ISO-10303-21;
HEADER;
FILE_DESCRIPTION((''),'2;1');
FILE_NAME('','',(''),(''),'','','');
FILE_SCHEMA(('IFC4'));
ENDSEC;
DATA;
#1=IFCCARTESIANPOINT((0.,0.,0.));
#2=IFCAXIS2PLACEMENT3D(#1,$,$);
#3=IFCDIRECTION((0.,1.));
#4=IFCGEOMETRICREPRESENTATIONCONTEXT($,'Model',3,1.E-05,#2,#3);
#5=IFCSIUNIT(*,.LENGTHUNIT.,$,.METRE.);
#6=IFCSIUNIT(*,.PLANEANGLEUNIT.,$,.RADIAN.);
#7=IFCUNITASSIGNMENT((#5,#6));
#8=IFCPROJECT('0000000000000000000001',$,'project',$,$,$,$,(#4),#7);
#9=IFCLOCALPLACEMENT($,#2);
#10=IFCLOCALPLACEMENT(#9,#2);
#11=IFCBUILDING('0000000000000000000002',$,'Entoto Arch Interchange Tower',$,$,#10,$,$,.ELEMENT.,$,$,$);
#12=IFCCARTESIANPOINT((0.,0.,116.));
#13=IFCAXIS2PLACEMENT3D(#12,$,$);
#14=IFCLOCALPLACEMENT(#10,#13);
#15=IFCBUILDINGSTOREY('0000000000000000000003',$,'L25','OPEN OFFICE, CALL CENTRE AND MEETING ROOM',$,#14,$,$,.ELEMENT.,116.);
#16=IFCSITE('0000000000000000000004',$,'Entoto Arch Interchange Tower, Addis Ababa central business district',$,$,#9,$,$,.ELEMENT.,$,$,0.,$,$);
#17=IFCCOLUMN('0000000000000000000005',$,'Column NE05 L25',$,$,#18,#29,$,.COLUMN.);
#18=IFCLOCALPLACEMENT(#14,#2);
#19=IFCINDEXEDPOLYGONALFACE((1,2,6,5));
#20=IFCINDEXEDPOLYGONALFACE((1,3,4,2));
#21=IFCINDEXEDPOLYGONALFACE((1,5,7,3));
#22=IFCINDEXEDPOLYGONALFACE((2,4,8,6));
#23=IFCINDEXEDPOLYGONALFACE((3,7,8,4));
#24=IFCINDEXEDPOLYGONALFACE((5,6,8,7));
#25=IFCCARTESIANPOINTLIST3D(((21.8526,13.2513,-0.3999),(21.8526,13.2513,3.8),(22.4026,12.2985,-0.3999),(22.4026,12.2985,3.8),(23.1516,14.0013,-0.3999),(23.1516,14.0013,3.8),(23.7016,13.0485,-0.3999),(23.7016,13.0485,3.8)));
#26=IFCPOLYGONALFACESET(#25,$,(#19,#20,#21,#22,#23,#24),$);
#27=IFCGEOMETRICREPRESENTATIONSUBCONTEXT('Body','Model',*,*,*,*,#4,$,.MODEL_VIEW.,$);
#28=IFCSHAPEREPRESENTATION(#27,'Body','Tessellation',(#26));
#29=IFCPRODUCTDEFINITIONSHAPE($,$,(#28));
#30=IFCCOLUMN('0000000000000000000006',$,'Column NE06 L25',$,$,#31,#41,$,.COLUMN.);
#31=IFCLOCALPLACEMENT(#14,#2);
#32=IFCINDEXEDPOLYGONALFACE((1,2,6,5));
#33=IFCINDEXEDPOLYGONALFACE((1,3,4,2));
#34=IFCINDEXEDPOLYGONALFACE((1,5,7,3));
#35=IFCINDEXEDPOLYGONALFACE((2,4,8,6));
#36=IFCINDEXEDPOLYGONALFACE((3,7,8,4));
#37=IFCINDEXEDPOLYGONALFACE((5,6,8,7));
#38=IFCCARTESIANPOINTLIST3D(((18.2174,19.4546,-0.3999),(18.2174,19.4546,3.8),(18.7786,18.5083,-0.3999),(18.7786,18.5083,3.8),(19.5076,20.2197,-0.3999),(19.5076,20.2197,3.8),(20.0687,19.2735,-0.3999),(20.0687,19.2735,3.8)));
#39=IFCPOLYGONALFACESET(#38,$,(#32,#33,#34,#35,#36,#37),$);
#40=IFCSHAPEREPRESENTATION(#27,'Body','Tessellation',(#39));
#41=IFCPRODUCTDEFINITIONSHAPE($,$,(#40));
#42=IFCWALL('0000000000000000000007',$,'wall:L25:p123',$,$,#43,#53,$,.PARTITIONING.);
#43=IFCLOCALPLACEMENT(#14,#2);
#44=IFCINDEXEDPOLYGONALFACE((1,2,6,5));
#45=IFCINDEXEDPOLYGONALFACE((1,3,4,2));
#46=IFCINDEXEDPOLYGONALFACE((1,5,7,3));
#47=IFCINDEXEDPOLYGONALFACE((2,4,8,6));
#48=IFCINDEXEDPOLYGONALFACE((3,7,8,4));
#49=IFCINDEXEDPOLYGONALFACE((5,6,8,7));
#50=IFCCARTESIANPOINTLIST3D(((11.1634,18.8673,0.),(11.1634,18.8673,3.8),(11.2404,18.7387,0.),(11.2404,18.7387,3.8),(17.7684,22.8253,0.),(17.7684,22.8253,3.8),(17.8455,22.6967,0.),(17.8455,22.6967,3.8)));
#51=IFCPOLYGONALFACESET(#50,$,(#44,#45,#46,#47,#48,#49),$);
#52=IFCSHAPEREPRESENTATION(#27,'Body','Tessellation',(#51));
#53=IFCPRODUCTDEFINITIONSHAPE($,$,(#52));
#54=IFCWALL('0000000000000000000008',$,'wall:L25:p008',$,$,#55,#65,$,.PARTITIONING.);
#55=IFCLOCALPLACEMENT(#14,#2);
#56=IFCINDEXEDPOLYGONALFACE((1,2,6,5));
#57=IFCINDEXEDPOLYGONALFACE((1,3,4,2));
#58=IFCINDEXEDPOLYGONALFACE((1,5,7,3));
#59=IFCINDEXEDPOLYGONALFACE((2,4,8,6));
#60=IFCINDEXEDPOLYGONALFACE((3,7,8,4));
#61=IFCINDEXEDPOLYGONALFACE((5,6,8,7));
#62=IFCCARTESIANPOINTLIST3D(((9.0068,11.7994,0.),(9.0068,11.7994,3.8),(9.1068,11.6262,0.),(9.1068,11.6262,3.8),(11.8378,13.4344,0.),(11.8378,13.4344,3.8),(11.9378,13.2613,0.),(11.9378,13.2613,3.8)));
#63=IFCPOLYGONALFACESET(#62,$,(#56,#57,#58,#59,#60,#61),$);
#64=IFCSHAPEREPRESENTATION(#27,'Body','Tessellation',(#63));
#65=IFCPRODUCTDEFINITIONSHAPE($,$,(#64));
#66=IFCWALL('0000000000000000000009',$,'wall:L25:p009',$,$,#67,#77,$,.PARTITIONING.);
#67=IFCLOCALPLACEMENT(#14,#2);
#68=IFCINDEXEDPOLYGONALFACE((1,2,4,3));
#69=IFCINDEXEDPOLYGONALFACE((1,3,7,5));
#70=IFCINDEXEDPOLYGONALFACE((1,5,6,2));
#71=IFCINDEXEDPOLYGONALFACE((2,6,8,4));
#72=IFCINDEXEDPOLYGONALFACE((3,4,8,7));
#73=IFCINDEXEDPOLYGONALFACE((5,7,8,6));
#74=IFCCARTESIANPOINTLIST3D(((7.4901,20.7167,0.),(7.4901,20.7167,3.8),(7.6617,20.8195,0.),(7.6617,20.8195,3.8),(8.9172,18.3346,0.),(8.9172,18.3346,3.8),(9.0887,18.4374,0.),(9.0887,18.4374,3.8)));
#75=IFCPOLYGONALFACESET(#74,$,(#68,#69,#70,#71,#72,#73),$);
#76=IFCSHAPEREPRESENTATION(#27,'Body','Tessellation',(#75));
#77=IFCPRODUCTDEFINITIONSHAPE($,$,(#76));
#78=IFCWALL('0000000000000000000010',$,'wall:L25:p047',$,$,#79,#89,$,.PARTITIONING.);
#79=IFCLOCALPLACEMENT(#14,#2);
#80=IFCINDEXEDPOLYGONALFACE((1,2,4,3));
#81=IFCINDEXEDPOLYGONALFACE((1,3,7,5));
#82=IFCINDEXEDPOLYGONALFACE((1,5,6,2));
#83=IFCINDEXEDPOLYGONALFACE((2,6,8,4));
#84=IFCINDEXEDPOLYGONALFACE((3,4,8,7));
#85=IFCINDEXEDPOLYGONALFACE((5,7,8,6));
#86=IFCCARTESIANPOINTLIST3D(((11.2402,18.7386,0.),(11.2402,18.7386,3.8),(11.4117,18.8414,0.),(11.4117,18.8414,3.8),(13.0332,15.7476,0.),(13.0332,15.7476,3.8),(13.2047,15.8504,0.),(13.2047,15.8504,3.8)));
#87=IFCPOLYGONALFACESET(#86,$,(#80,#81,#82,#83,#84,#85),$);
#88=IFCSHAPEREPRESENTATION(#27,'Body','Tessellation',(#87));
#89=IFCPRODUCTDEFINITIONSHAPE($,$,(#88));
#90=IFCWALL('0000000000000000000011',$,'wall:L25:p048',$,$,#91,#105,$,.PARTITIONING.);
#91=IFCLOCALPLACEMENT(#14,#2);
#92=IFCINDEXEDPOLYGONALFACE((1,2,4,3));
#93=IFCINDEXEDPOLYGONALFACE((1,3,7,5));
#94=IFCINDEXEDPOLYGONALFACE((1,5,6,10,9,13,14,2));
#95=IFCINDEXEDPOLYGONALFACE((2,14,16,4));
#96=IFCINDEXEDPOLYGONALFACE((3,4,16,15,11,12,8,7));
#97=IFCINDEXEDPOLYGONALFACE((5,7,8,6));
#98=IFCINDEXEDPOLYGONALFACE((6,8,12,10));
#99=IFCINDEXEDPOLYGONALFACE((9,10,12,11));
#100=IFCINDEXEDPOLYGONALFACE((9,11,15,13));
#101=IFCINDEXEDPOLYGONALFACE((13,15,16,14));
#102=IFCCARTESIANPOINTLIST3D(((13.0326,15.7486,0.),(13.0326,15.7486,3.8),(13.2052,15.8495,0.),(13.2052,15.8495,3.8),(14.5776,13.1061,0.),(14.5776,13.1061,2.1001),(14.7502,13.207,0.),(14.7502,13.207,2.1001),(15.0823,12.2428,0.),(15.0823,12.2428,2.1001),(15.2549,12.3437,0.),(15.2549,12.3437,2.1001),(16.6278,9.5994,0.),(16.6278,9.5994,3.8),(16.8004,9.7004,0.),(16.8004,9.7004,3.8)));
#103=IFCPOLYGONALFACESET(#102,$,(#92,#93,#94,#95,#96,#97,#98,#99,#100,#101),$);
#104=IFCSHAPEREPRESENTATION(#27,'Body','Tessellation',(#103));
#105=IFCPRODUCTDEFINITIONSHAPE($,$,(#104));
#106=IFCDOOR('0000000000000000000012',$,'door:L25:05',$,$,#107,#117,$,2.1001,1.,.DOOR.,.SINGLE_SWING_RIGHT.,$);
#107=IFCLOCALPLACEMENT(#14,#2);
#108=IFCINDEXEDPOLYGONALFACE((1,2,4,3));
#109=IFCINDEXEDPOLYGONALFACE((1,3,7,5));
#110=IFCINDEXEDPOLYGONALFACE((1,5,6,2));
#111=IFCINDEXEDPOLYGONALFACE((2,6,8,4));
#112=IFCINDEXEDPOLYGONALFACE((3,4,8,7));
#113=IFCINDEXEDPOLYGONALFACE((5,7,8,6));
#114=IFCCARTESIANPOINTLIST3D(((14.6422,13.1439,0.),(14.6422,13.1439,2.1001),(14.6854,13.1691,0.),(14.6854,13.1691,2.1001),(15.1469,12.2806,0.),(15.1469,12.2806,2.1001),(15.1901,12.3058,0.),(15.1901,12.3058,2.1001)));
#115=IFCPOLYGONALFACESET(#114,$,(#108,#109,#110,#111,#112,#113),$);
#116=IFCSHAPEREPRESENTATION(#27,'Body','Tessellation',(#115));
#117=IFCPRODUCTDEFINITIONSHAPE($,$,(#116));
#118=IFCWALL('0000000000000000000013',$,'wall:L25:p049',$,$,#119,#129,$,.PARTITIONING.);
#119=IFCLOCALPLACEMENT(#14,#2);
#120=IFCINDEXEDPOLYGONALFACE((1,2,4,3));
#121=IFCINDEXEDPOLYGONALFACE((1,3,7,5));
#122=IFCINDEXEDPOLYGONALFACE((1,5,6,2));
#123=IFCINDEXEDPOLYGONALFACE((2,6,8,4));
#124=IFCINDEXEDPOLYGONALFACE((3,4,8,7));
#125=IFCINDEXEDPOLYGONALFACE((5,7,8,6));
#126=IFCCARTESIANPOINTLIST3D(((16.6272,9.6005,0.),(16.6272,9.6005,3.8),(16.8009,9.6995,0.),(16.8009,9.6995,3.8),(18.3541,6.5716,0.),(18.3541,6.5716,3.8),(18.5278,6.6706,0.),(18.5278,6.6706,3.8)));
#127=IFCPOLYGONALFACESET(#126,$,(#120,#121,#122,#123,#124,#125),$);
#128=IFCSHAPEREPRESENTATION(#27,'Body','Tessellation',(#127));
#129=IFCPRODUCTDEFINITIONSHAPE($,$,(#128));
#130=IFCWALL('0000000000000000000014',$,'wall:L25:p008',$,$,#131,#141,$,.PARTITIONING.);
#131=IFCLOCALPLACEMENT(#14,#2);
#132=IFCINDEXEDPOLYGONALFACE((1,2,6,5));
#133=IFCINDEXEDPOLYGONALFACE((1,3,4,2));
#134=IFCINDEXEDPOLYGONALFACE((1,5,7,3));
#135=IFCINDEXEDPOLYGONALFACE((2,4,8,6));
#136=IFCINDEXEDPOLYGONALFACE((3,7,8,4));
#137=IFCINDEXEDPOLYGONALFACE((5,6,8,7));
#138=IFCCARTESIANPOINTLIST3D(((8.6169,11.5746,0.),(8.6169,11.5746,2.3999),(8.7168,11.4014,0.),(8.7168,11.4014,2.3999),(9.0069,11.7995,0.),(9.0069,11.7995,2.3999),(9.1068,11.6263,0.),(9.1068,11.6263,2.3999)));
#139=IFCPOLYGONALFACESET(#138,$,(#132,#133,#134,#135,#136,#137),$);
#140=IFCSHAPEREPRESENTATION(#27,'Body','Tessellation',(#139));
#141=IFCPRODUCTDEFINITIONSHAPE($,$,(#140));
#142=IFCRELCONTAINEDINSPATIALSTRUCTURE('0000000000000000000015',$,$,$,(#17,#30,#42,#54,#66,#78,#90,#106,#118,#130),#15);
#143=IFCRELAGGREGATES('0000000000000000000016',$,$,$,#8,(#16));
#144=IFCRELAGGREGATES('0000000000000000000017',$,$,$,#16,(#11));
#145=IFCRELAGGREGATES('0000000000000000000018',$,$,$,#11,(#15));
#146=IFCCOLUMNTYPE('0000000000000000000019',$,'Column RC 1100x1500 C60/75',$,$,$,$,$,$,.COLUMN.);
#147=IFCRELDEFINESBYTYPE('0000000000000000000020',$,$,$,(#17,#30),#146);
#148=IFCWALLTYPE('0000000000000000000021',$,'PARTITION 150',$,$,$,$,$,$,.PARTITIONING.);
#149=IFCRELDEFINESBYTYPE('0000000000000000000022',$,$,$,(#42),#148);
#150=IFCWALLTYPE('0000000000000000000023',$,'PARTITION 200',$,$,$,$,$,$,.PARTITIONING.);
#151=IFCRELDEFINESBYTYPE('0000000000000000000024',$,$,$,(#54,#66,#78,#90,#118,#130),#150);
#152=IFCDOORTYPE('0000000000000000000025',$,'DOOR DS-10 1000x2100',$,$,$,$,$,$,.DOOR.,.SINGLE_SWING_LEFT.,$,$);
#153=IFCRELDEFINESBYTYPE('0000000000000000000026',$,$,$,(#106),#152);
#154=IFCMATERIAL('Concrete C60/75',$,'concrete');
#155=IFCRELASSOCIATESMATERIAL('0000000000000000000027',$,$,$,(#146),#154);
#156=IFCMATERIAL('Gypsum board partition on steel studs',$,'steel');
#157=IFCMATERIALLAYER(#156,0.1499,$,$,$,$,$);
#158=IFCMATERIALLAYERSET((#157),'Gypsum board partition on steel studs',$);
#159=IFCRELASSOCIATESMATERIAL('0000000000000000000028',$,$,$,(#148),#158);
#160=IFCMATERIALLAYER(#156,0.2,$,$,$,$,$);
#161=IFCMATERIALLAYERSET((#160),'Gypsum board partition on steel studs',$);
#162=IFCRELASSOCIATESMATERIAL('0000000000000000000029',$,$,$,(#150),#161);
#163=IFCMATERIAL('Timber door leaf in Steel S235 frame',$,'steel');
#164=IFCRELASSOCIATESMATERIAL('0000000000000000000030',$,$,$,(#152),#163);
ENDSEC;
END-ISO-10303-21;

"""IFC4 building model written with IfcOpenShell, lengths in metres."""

from ifc_helpers import new_model, si_unit, direction, frame, frame_2d, origin, origin_2d, place, context, subcontext, project, spatial, rectangle, extrude, material, layer, layer_set, material_profile, profile_set, type_object, element, fill, save


model = new_model("IFC4")

# Units and contexts
model_context = context("Model", 3, precision=1e-05, world=origin(), true_north=direction((0.0, 1.0)))
body_context = subcontext(model_context, "Body", "Model", "MODEL_VIEW")
ifc_project = project(units=[si_unit("LENGTHUNIT", "METRE"), si_unit("PLANEANGLEUNIT", "RADIAN")], contexts=[model_context])

# Site, building, storey
site_placement = place(None, origin())
site = spatial("IfcSite", under=ifc_project, at=site_placement, Name="Entoto Arch Interchange Tower, Addis Ababa central business district", CompositionType="ELEMENT", RefElevation=0.0)
building_placement = place(site_placement, origin())
building = spatial("IfcBuilding", under=site, at=building_placement, Name="Entoto Arch Interchange Tower", CompositionType="ELEMENT")
storey_placement = place(building_placement, frame((0.0, 0.0, 116.0)))
storey = spatial("IfcBuildingStorey", under=building, at=storey_placement, Name="L25", Description="OPEN OFFICE, CALL CENTRE AND MEETING ROOM", CompositionType="ELEMENT", Elevation=116.0)

# Columns
ifc_material_1 = material(Name="Concrete C60/75", Category="concrete")
ifc_material_profile = material_profile(ifc_material_1, rectangle(XDim=1.1001, YDim=1.5, at=origin_2d()))
ifc_profile_set = profile_set([ifc_material_profile], Name="Concrete C60/75")
column_type = type_object("IfcColumnType", Name="Column RC 1100x1500 C60/75", PredefinedType="COLUMN", material=ifc_profile_set)
for number, where, z_axis, x_axis, name in (
    (1, (22.7771, 13.1499, -0.3999), (0.0, 0.0, 1.0), (-0.5, 0.866025, 0.0), "Column NE05 L25"),
    (2, (19.1431, 19.364, -0.3999), (0.0, 0.0, 1.0), (-0.510093, 0.860119, 0.0), "Column NE06 L25"),
):
    element("IfcColumn", number, at=place(storey_placement, frame(where, z_axis=z_axis, x_axis=x_axis)), inside=storey, type_object=column_type, Name=name, PredefinedType="COLUMN", context=body_context, shape_type="SweptSolid", body=[
        extrude(rectangle(XDim=1.1001, YDim=1.5, at=origin_2d()), origin(), (0.0, 0.0, 1.0), 4.2),
    ])

# Walls
ifc_material_2 = material(Name="Gypsum board partition on steel studs", Category="steel")
ifc_layer_1 = layer(ifc_material_2, 0.1499)
ifc_layer_set_1 = layer_set([ifc_layer_1], Name="Gypsum board partition on steel studs")
wall_type_1 = type_object("IfcWallType", Name="PARTITION 150", PredefinedType="PARTITIONING", material=ifc_layer_set_1)
wall_1_placement = place(storey_placement, frame((11.2019, 18.803, 0.0), z_axis=(0.0, 0.0, 1.0), x_axis=(0.857778, 0.51402, 0.0)))
element("IfcWall", 3, at=wall_1_placement, inside=storey, type_object=wall_type_1, Name="wall:L25:p123", PredefinedType="PARTITIONING", context=body_context, shape_type="SweptSolid", body=[
    extrude(rectangle(XDim=7.7002, YDim=0.1499, at=frame_2d((3.8501, 0.0))), origin(), (0.0, 0.0, 1.0), 3.8),
])
ifc_layer_2 = layer(ifc_material_2, 0.2)
ifc_layer_set_2 = layer_set([ifc_layer_2], Name="Gypsum board partition on steel studs")
wall_type_2 = type_object("IfcWallType", Name="PARTITION 200", PredefinedType="PARTITIONING", material=ifc_layer_set_2)
wall_2_placement = place(storey_placement, frame((11.8879, 13.3479, 0.0), z_axis=(0.0, 0.0, 1.0), x_axis=(-0.865959, -0.500115, 0.0)))
element("IfcWall", 4, at=wall_2_placement, inside=storey, type_object=wall_type_2, Name="wall:L25:p008", PredefinedType="PARTITIONING", context=body_context, shape_type="SweptSolid", body=[
    extrude(rectangle(XDim=3.2693, YDim=0.2, at=frame_2d((1.6348, 0.0))), origin(), (0.0, 0.0, 1.0), 3.8),
])
wall_3_placement = place(storey_placement, frame((9.0029, 18.386, 0.0), z_axis=(0.0, 0.0, 1.0), x_axis=(-0.513901, 0.85785, 0.0)))
element("IfcWall", 5, at=wall_3_placement, inside=storey, type_object=wall_type_2, Name="wall:L25:p009", PredefinedType="PARTITIONING", context=body_context, shape_type="SweptSolid", body=[
    extrude(rectangle(XDim=2.7769, YDim=0.2, at=frame_2d((1.3884, 0.0))), origin(), (0.0, 0.0, 1.0), 3.8),
])
wall_4_placement = place(storey_placement, frame((11.3259, 18.79, 0.0), z_axis=(0.0, 0.0, 1.0), x_axis=(0.514156, -0.857697, 0.0)))
element("IfcWall", 6, at=wall_4_placement, inside=storey, type_object=wall_type_2, Name="wall:L25:p047", PredefinedType="PARTITIONING", context=body_context, shape_type="SweptSolid", body=[
    extrude(rectangle(XDim=3.4873, YDim=0.2, at=frame_2d((1.7437, 0.0))), origin(), (0.0, 0.0, 1.0), 3.8),
])

# Wall, opening, door
wall_5_placement = place(storey_placement, frame((13.1189, 15.7991, 0.0), z_axis=(0.0, 0.0, 1.0), x_axis=(0.50473, -0.863277, 0.0)))
wall_5 = element("IfcWall", 7, at=wall_5_placement, inside=storey, type_object=wall_type_2, Name="wall:L25:p048", PredefinedType="PARTITIONING", context=body_context, shape_type="SweptSolid", body=[
    extrude(rectangle(XDim=7.123, YDim=0.2, at=frame_2d((3.5615, 0.0))), origin(), (0.0, 0.0, 1.0), 3.8),
])
opening_1_placement = place(wall_5_placement, frame((3.061, 0.0, 0.0)))
opening_1 = element("IfcOpeningElement", 8, at=opening_1_placement, cuts=wall_5, PredefinedType="OPENING", context=body_context, shape_type="SweptSolid", body=[
    extrude(rectangle(XDim=1.0, YDim=2.1001, at=frame_2d((0.5, 1.05))), frame((0.0, 0.1099, 0.0), z_axis=(0.0, -1.0, 0.0), x_axis=(1.0, 0.0, 0.0)), (0.0, 0.0, 1.0), 0.22),
])
ifc_material_3 = material(Name="Timber door leaf in Steel S235 frame", Category="steel")
door_type = type_object("IfcDoorType", Name="DOOR DS-10 1000x2100", OperationType="SINGLE_SWING_LEFT", PredefinedType="DOOR", material=ifc_material_3)
door_placement = place(opening_1_placement, origin())
door = element("IfcDoor", 9, at=door_placement, inside=storey, type_object=door_type, Name="door:L25:05", OperationType="SINGLE_SWING_RIGHT", OverallHeight=2.1001, OverallWidth=1.0, PredefinedType="DOOR", context=body_context, shape_type="SweptSolid", body=[
    extrude(rectangle(XDim=1.0, YDim=2.1001, at=frame_2d((0.5, 1.05))), frame((0.0, 0.0249, 0.0), z_axis=(0.0, -1.0, 0.0), x_axis=(1.0, 0.0, 0.0)), (0.0, 0.0, 1.0), 0.05),
])
fill(opening_1, door)

# Walls
wall_6_placement = place(storey_placement, frame((16.7141, 9.6499, 0.0), z_axis=(0.0, 0.0, 1.0), x_axis=(0.495287, -0.86873, 0.0)))
element("IfcWall", 10, at=wall_6_placement, inside=storey, type_object=wall_type_2, Name="wall:L25:p049", PredefinedType="PARTITIONING", context=body_context, shape_type="SweptSolid", body=[
    extrude(rectangle(XDim=3.4866, YDim=0.2, at=frame_2d((1.7432, 0.0))), origin(), (0.0, 0.0, 1.0), 3.8),
])
wall_7_placement = place(storey_placement, frame((9.0569, 11.7129, 0.0), z_axis=(0.0, 0.0, 1.0), x_axis=(-0.866267, -0.499582, 0.0)))
element("IfcWall", 11, at=wall_7_placement, inside=storey, type_object=wall_type_2, Name="wall:L25:p008", PredefinedType="PARTITIONING", context=body_context, shape_type="SweptSolid", body=[
    extrude(rectangle(XDim=0.4502, YDim=0.2, at=frame_2d((0.2251, 0.0))), origin(), (0.0, 0.0, 1.0), 2.3999),
])

save(model, "model.ifc")
